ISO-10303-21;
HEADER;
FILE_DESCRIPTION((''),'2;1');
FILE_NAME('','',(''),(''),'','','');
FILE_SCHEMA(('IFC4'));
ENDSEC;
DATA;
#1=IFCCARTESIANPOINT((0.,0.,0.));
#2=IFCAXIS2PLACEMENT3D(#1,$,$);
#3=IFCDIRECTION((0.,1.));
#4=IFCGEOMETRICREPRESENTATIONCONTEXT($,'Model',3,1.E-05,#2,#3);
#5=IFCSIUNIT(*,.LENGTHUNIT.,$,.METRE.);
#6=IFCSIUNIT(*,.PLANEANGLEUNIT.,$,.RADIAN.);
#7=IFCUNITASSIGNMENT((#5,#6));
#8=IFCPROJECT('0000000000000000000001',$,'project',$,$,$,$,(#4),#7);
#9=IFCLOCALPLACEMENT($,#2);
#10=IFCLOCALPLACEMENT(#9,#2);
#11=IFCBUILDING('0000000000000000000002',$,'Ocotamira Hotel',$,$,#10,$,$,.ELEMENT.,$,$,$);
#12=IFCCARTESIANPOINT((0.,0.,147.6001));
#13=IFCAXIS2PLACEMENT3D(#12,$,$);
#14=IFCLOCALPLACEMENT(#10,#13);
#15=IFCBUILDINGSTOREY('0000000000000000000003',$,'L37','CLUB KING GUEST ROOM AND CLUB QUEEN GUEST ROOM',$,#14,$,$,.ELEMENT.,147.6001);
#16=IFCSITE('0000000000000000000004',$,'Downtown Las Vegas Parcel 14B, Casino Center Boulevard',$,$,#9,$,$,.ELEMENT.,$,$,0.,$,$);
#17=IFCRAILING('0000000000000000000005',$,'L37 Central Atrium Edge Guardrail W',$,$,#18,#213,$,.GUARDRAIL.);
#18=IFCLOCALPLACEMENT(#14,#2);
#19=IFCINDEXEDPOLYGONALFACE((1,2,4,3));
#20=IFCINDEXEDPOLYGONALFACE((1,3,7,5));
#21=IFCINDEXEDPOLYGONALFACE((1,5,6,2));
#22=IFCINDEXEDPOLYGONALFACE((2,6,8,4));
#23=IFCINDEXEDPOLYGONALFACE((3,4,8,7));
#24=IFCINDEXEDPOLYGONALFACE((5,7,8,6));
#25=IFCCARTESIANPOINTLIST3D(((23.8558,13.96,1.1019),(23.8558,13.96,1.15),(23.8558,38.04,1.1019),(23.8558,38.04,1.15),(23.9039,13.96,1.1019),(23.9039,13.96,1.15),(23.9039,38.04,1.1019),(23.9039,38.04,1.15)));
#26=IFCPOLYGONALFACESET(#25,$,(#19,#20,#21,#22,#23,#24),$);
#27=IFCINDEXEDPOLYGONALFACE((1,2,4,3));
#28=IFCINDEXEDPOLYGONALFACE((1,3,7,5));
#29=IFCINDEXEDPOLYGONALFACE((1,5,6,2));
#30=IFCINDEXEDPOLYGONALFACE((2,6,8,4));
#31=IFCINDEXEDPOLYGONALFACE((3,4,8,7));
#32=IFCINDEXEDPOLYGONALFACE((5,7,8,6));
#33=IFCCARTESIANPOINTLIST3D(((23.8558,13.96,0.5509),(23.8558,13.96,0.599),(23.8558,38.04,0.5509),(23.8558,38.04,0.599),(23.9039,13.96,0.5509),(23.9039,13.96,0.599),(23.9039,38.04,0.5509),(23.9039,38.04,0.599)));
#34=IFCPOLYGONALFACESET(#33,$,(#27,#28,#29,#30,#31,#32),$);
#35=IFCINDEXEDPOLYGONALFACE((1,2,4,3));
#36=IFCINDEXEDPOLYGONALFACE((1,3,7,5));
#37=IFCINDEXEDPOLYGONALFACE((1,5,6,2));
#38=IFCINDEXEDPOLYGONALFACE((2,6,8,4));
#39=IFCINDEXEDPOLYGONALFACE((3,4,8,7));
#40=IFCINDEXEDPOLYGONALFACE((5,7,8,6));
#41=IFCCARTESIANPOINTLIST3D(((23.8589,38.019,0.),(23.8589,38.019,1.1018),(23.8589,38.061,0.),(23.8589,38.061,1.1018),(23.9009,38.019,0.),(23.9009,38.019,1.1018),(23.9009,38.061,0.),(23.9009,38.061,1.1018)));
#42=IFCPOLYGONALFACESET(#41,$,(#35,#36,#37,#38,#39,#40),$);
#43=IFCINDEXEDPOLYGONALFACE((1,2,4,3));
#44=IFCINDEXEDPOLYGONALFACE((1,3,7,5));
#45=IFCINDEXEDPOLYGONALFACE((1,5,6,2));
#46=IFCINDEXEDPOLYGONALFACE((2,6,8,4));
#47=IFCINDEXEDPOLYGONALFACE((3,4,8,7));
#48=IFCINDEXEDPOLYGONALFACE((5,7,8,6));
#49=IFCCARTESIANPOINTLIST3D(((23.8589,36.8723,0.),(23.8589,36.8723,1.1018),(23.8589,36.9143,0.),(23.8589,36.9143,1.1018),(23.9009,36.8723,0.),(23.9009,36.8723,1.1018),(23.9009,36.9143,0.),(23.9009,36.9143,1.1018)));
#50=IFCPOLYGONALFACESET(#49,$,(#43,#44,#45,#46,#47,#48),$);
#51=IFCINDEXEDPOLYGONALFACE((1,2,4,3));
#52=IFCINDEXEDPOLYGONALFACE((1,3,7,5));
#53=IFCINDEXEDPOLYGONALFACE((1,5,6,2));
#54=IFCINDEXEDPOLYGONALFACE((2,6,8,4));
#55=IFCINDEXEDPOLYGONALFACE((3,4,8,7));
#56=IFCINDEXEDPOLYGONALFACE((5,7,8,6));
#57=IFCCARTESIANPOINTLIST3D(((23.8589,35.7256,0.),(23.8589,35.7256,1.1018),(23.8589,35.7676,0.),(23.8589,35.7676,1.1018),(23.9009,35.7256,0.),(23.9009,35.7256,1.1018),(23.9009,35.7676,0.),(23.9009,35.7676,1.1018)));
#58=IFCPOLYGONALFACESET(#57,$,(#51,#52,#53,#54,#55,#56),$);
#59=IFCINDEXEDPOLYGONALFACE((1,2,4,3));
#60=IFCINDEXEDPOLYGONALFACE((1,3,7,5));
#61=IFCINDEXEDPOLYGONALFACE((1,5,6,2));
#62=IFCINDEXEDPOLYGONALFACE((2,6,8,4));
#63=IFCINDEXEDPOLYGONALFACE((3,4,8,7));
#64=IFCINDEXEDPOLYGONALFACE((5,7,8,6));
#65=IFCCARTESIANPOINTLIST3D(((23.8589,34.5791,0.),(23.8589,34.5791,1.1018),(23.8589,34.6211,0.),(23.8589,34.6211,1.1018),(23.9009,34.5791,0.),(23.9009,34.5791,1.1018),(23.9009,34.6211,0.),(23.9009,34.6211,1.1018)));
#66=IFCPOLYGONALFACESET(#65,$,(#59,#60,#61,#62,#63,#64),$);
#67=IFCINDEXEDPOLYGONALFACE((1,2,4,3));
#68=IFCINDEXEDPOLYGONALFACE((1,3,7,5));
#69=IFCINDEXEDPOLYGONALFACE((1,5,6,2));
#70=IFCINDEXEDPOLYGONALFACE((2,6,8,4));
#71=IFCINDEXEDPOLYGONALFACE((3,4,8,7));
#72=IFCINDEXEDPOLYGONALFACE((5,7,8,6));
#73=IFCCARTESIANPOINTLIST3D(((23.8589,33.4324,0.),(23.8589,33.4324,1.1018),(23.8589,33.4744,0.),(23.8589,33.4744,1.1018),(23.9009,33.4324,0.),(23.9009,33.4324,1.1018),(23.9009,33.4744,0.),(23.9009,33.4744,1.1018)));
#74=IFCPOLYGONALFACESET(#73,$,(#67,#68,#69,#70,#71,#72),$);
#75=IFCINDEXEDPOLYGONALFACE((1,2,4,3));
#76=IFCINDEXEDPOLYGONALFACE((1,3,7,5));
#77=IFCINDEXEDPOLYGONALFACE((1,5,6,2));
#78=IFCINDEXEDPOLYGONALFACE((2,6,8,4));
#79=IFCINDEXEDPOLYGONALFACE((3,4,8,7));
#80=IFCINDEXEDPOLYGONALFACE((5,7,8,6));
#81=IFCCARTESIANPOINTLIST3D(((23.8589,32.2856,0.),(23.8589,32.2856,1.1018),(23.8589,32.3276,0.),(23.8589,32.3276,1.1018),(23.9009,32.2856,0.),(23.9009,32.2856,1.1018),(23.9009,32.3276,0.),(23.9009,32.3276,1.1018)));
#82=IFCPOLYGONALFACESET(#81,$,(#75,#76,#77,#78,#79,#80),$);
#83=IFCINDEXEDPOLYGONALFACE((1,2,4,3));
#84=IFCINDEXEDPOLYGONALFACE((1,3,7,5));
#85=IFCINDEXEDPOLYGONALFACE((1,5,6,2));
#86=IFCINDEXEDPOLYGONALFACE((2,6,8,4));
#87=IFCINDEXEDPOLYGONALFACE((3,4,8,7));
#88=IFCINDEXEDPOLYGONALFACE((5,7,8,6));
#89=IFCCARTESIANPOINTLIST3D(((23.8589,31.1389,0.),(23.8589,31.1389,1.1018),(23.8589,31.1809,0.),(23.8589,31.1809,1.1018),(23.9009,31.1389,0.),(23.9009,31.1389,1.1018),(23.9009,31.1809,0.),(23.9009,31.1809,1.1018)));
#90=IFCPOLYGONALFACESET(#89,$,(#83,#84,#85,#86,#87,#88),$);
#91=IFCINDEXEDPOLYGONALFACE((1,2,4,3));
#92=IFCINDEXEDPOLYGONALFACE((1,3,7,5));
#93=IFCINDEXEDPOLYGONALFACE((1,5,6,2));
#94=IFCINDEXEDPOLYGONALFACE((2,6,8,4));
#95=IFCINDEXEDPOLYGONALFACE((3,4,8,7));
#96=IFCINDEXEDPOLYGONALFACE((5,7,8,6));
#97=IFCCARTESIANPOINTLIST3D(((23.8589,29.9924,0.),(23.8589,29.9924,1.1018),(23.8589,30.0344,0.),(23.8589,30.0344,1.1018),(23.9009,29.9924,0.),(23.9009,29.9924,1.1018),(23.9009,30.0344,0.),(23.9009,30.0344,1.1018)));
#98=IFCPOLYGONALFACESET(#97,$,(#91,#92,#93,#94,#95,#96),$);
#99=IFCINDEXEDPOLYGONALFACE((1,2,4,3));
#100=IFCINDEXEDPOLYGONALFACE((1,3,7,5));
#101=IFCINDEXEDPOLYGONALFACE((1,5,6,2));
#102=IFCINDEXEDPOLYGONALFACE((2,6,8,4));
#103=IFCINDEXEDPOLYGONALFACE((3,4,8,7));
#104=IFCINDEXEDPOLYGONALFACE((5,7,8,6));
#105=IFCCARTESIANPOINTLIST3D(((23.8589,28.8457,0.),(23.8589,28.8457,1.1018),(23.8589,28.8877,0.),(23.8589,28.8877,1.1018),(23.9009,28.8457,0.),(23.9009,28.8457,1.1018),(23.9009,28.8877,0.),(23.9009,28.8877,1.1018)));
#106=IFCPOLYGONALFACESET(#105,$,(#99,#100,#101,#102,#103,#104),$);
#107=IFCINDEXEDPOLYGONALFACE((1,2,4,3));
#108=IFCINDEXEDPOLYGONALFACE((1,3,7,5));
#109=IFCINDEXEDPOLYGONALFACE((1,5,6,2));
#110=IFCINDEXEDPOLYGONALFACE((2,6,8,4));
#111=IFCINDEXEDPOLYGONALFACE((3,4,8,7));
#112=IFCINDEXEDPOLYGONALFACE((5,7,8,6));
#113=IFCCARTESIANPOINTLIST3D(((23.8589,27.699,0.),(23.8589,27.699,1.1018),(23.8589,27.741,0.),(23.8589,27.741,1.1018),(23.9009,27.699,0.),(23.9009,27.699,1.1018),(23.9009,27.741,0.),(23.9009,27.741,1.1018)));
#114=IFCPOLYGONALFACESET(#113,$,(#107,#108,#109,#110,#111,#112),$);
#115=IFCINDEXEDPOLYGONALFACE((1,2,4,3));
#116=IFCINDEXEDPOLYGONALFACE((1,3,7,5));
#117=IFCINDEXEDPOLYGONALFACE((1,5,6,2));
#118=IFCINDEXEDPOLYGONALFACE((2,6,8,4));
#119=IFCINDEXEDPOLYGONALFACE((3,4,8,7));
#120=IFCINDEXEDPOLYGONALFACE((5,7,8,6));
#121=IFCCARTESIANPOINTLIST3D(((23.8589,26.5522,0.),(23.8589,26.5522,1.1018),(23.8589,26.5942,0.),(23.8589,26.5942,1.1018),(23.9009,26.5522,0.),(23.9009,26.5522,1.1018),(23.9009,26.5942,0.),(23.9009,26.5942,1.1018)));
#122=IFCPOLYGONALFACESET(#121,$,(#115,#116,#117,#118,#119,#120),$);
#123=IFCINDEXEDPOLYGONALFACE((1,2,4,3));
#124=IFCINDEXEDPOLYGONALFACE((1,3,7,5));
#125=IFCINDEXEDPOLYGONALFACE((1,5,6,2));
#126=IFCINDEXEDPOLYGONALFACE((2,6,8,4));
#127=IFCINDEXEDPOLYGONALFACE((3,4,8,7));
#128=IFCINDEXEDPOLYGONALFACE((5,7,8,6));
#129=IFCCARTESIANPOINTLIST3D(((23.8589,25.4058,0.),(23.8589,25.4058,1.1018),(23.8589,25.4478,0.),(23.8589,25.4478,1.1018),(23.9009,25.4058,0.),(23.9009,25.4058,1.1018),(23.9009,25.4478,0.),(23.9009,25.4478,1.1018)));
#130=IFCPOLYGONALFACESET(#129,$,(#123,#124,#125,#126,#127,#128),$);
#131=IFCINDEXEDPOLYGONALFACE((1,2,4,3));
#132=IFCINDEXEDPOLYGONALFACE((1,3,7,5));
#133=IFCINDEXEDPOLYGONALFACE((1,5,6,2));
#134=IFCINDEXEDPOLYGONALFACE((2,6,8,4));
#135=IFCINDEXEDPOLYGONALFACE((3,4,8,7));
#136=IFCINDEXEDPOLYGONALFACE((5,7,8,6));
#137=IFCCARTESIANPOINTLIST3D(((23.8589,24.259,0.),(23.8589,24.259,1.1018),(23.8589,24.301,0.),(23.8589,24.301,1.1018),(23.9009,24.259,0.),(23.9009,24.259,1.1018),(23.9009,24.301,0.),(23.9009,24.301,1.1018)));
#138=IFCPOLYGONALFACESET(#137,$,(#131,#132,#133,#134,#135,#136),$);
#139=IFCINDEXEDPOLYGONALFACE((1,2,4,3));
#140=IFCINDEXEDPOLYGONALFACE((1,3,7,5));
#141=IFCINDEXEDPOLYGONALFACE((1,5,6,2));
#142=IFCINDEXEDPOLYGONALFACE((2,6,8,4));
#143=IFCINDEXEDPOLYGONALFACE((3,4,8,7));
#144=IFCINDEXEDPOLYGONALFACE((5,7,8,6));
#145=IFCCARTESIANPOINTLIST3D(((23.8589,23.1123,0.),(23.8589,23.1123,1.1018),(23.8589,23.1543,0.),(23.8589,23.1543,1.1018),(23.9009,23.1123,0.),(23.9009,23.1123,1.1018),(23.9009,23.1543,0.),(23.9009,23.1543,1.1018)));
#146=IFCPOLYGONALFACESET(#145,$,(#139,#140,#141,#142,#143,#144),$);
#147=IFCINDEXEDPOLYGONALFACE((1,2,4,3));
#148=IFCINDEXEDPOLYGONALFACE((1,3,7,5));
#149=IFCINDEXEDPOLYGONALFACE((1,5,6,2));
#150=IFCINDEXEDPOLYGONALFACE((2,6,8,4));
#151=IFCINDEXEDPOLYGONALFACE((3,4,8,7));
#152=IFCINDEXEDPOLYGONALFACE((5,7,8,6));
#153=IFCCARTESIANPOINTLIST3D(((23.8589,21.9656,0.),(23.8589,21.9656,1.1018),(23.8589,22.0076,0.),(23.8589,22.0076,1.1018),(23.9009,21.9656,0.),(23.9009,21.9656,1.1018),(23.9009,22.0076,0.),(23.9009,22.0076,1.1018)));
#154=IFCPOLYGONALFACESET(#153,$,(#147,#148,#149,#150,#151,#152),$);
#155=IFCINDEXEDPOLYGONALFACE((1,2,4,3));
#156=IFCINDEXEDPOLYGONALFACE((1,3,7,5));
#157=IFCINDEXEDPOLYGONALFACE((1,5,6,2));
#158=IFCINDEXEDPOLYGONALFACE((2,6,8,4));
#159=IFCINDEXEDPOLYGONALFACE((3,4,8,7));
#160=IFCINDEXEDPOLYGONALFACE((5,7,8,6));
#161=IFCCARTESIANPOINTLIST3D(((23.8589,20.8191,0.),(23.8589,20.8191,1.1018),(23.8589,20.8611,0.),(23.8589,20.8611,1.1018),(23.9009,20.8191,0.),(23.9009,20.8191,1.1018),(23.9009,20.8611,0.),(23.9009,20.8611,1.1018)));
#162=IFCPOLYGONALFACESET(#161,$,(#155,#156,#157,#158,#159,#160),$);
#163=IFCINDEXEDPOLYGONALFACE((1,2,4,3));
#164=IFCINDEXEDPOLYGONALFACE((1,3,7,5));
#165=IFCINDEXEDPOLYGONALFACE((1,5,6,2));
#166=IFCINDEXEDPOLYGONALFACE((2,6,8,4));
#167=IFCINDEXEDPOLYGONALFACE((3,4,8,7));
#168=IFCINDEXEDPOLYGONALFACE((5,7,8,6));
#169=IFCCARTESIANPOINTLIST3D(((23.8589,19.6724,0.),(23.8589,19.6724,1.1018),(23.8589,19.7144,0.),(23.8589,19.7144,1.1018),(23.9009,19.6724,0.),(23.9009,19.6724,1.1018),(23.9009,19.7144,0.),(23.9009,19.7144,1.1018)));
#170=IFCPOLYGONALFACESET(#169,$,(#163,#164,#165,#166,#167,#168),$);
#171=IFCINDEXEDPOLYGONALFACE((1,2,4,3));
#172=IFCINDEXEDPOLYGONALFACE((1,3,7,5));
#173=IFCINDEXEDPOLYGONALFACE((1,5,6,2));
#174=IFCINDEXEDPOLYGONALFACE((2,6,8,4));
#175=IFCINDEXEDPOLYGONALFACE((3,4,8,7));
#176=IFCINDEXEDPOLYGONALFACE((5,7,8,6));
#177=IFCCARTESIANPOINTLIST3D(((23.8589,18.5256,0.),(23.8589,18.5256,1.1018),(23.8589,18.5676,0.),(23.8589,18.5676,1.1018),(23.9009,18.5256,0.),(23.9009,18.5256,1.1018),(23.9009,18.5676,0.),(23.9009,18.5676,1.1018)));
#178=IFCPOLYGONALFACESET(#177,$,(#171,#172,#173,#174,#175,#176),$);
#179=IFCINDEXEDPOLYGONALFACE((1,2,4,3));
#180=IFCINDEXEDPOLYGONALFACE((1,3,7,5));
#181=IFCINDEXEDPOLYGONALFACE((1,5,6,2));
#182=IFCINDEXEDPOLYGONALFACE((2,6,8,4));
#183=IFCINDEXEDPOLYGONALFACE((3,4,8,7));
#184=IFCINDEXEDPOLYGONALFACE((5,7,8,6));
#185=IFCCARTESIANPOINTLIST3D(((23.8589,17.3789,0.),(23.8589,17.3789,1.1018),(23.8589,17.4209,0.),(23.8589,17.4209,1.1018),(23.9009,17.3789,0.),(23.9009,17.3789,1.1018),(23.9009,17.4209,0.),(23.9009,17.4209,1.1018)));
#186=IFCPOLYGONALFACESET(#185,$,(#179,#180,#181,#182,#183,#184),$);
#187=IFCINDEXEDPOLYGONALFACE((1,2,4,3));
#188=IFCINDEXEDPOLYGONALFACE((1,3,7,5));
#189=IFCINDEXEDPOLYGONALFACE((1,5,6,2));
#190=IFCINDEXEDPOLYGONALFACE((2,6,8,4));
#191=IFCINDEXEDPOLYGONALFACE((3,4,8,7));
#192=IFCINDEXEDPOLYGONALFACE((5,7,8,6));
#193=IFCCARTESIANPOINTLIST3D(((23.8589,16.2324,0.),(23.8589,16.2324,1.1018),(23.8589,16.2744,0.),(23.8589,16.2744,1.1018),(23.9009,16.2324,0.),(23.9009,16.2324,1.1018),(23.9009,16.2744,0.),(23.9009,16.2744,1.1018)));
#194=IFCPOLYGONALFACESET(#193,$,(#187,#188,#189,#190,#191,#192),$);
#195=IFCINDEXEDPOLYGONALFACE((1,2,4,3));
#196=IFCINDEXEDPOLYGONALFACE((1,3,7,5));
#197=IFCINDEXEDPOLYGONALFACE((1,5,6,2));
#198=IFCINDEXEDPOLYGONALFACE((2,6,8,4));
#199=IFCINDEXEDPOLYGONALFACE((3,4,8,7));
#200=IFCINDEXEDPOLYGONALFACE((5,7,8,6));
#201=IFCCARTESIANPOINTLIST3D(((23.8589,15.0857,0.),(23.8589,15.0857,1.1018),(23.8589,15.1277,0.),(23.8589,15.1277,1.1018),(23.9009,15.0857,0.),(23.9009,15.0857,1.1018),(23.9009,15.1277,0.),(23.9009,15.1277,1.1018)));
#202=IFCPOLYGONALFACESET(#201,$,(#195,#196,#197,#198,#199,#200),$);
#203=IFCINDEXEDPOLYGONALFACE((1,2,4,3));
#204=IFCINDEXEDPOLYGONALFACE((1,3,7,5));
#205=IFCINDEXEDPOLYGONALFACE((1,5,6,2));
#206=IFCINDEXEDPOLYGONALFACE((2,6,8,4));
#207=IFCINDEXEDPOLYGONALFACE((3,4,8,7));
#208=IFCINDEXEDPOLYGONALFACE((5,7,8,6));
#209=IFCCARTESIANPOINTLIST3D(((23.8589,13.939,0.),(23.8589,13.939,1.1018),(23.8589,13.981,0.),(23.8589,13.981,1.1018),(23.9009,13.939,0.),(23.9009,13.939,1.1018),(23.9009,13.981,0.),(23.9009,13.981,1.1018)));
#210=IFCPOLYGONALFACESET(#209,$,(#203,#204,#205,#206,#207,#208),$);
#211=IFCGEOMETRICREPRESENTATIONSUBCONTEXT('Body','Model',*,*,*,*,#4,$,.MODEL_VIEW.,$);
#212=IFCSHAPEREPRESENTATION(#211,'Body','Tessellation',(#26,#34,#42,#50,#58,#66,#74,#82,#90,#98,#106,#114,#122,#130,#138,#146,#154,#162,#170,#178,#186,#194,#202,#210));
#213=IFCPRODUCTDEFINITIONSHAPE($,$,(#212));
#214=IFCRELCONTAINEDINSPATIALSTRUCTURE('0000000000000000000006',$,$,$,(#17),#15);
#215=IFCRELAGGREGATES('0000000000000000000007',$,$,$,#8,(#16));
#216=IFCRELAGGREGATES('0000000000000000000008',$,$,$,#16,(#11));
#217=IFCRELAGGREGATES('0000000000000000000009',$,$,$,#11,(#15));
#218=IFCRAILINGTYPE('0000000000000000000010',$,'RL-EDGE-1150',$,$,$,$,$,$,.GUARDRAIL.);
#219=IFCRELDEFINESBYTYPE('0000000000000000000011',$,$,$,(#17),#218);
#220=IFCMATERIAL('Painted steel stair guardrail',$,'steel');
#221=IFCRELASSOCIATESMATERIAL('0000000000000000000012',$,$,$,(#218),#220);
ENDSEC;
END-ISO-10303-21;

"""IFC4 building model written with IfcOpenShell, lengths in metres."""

from ifc_helpers import new_model, si_unit, direction, frame, origin, origin_2d, place, context, subcontext, project, spatial, rectangle, extrude, material, type_object, element, save


model = new_model("IFC4")

# Units and contexts
model_context = context("Model", 3, precision=1e-05, world=origin(), true_north=direction((0.0, 1.0)))
body_context = subcontext(model_context, "Body", "Model", "MODEL_VIEW")
ifc_project = project(units=[si_unit("LENGTHUNIT", "METRE"), si_unit("PLANEANGLEUNIT", "RADIAN")], contexts=[model_context])

# Site, building, storey
site_placement = place(None, origin())
site = spatial("IfcSite", under=ifc_project, at=site_placement, Name="Downtown Las Vegas Parcel 14B, Casino Center Boulevard", CompositionType="ELEMENT", RefElevation=0.0)
building_placement = place(site_placement, origin())
building = spatial("IfcBuilding", under=site, at=building_placement, Name="Ocotamira Hotel", CompositionType="ELEMENT")
storey_placement = place(building_placement, frame((0.0, 0.0, 147.6001)))
storey = spatial("IfcBuildingStorey", under=building, at=storey_placement, Name="L37", Description="CLUB KING GUEST ROOM AND CLUB QUEEN GUEST ROOM", CompositionType="ELEMENT", Elevation=147.6001)

# Railing
ifc_material_1 = material(Name="Painted steel stair guardrail", Category="steel")
railing_type = type_object("IfcRailingType", Name="RL-EDGE-1150", PredefinedType="GUARDRAIL", material=ifc_material_1)
railing_placement = place(storey_placement, frame((23.8799, 38.04, 0.0)))
element("IfcRailing", 1, at=railing_placement, inside=storey, type_object=railing_type, Name="L37 Central Atrium Edge Guardrail W", PredefinedType="GUARDRAIL", context=body_context, shape_type="SweptSolid", body=[
    extrude(rectangle(XDim=0.0481, YDim=0.0481, at=origin_2d()), frame((0.0, 0.0, 1.126), z_axis=(0.0, -1.0, 0.0), x_axis=(1.0, 0.0, 0.0)), (0.0, 0.0, 1.0), 24.0801),
    extrude(rectangle(XDim=0.0481, YDim=0.0481, at=origin_2d()), frame((0.0, 0.0, 0.575), z_axis=(0.0, -1.0, 0.0), x_axis=(1.0, 0.0, 0.0)), (0.0, 0.0, 1.0), 24.0801),
    extrude(rectangle(XDim=0.042, YDim=0.042, at=origin_2d()), origin(), (0.0, 0.0, 1.0), 1.1018),
    extrude(rectangle(XDim=0.042, YDim=0.042, at=origin_2d()), frame((0.0, -1.1467, 0.0)), (0.0, 0.0, 1.0), 1.1018),
    extrude(rectangle(XDim=0.042, YDim=0.042, at=origin_2d()), frame((0.0, -2.2935, 0.0)), (0.0, 0.0, 1.0), 1.1018),
    extrude(rectangle(XDim=0.042, YDim=0.042, at=origin_2d()), frame((0.0, -3.4399, 0.0)), (0.0, 0.0, 1.0), 1.1018),
    extrude(rectangle(XDim=0.042, YDim=0.042, at=origin_2d()), frame((0.0, -4.5867, 0.0)), (0.0, 0.0, 1.0), 1.1018),
    extrude(rectangle(XDim=0.042, YDim=0.042, at=origin_2d()), frame((0.0, -5.7334, 0.0)), (0.0, 0.0, 1.0), 1.1018),
    extrude(rectangle(XDim=0.042, YDim=0.042, at=origin_2d()), frame((0.0, -6.8801, 0.0)), (0.0, 0.0, 1.0), 1.1018),
    extrude(rectangle(XDim=0.042, YDim=0.042, at=origin_2d()), frame((0.0, -8.0266, 0.0)), (0.0, 0.0, 1.0), 1.1018),
    extrude(rectangle(XDim=0.042, YDim=0.042, at=origin_2d()), frame((0.0, -9.1733, 0.0)), (0.0, 0.0, 1.0), 1.1018),
    extrude(rectangle(XDim=0.042, YDim=0.042, at=origin_2d()), frame((0.0, -10.3201, 0.0)), (0.0, 0.0, 1.0), 1.1018),
    extrude(rectangle(XDim=0.042, YDim=0.042, at=origin_2d()), frame((0.0, -11.4668, 0.0)), (0.0, 0.0, 1.0), 1.1018),
    extrude(rectangle(XDim=0.042, YDim=0.042, at=origin_2d()), frame((0.0, -12.6133, 0.0)), (0.0, 0.0, 1.0), 1.1018),
    extrude(rectangle(XDim=0.042, YDim=0.042, at=origin_2d()), frame((0.0, -13.76, 0.0)), (0.0, 0.0, 1.0), 1.1018),
    extrude(rectangle(XDim=0.042, YDim=0.042, at=origin_2d()), frame((0.0, -14.9067, 0.0)), (0.0, 0.0, 1.0), 1.1018),
    extrude(rectangle(XDim=0.042, YDim=0.042, at=origin_2d()), frame((0.0, -16.0535, 0.0)), (0.0, 0.0, 1.0), 1.1018),
    extrude(rectangle(XDim=0.042, YDim=0.042, at=origin_2d()), frame((0.0, -17.2, 0.0)), (0.0, 0.0, 1.0), 1.1018),
    extrude(rectangle(XDim=0.042, YDim=0.042, at=origin_2d()), frame((0.0, -18.3467, 0.0)), (0.0, 0.0, 1.0), 1.1018),
    extrude(rectangle(XDim=0.042, YDim=0.042, at=origin_2d()), frame((0.0, -19.4934, 0.0)), (0.0, 0.0, 1.0), 1.1018),
    extrude(rectangle(XDim=0.042, YDim=0.042, at=origin_2d()), frame((0.0, -20.6401, 0.0)), (0.0, 0.0, 1.0), 1.1018),
    extrude(rectangle(XDim=0.042, YDim=0.042, at=origin_2d()), frame((0.0, -21.7866, 0.0)), (0.0, 0.0, 1.0), 1.1018),
    extrude(rectangle(XDim=0.042, YDim=0.042, at=origin_2d()), frame((0.0, -22.9333, 0.0)), (0.0, 0.0, 1.0), 1.1018),
    extrude(rectangle(XDim=0.042, YDim=0.042, at=origin_2d()), frame((0.0, -24.0801, 0.0)), (0.0, 0.0, 1.0), 1.1018),
])

save(model, "model.ifc")
